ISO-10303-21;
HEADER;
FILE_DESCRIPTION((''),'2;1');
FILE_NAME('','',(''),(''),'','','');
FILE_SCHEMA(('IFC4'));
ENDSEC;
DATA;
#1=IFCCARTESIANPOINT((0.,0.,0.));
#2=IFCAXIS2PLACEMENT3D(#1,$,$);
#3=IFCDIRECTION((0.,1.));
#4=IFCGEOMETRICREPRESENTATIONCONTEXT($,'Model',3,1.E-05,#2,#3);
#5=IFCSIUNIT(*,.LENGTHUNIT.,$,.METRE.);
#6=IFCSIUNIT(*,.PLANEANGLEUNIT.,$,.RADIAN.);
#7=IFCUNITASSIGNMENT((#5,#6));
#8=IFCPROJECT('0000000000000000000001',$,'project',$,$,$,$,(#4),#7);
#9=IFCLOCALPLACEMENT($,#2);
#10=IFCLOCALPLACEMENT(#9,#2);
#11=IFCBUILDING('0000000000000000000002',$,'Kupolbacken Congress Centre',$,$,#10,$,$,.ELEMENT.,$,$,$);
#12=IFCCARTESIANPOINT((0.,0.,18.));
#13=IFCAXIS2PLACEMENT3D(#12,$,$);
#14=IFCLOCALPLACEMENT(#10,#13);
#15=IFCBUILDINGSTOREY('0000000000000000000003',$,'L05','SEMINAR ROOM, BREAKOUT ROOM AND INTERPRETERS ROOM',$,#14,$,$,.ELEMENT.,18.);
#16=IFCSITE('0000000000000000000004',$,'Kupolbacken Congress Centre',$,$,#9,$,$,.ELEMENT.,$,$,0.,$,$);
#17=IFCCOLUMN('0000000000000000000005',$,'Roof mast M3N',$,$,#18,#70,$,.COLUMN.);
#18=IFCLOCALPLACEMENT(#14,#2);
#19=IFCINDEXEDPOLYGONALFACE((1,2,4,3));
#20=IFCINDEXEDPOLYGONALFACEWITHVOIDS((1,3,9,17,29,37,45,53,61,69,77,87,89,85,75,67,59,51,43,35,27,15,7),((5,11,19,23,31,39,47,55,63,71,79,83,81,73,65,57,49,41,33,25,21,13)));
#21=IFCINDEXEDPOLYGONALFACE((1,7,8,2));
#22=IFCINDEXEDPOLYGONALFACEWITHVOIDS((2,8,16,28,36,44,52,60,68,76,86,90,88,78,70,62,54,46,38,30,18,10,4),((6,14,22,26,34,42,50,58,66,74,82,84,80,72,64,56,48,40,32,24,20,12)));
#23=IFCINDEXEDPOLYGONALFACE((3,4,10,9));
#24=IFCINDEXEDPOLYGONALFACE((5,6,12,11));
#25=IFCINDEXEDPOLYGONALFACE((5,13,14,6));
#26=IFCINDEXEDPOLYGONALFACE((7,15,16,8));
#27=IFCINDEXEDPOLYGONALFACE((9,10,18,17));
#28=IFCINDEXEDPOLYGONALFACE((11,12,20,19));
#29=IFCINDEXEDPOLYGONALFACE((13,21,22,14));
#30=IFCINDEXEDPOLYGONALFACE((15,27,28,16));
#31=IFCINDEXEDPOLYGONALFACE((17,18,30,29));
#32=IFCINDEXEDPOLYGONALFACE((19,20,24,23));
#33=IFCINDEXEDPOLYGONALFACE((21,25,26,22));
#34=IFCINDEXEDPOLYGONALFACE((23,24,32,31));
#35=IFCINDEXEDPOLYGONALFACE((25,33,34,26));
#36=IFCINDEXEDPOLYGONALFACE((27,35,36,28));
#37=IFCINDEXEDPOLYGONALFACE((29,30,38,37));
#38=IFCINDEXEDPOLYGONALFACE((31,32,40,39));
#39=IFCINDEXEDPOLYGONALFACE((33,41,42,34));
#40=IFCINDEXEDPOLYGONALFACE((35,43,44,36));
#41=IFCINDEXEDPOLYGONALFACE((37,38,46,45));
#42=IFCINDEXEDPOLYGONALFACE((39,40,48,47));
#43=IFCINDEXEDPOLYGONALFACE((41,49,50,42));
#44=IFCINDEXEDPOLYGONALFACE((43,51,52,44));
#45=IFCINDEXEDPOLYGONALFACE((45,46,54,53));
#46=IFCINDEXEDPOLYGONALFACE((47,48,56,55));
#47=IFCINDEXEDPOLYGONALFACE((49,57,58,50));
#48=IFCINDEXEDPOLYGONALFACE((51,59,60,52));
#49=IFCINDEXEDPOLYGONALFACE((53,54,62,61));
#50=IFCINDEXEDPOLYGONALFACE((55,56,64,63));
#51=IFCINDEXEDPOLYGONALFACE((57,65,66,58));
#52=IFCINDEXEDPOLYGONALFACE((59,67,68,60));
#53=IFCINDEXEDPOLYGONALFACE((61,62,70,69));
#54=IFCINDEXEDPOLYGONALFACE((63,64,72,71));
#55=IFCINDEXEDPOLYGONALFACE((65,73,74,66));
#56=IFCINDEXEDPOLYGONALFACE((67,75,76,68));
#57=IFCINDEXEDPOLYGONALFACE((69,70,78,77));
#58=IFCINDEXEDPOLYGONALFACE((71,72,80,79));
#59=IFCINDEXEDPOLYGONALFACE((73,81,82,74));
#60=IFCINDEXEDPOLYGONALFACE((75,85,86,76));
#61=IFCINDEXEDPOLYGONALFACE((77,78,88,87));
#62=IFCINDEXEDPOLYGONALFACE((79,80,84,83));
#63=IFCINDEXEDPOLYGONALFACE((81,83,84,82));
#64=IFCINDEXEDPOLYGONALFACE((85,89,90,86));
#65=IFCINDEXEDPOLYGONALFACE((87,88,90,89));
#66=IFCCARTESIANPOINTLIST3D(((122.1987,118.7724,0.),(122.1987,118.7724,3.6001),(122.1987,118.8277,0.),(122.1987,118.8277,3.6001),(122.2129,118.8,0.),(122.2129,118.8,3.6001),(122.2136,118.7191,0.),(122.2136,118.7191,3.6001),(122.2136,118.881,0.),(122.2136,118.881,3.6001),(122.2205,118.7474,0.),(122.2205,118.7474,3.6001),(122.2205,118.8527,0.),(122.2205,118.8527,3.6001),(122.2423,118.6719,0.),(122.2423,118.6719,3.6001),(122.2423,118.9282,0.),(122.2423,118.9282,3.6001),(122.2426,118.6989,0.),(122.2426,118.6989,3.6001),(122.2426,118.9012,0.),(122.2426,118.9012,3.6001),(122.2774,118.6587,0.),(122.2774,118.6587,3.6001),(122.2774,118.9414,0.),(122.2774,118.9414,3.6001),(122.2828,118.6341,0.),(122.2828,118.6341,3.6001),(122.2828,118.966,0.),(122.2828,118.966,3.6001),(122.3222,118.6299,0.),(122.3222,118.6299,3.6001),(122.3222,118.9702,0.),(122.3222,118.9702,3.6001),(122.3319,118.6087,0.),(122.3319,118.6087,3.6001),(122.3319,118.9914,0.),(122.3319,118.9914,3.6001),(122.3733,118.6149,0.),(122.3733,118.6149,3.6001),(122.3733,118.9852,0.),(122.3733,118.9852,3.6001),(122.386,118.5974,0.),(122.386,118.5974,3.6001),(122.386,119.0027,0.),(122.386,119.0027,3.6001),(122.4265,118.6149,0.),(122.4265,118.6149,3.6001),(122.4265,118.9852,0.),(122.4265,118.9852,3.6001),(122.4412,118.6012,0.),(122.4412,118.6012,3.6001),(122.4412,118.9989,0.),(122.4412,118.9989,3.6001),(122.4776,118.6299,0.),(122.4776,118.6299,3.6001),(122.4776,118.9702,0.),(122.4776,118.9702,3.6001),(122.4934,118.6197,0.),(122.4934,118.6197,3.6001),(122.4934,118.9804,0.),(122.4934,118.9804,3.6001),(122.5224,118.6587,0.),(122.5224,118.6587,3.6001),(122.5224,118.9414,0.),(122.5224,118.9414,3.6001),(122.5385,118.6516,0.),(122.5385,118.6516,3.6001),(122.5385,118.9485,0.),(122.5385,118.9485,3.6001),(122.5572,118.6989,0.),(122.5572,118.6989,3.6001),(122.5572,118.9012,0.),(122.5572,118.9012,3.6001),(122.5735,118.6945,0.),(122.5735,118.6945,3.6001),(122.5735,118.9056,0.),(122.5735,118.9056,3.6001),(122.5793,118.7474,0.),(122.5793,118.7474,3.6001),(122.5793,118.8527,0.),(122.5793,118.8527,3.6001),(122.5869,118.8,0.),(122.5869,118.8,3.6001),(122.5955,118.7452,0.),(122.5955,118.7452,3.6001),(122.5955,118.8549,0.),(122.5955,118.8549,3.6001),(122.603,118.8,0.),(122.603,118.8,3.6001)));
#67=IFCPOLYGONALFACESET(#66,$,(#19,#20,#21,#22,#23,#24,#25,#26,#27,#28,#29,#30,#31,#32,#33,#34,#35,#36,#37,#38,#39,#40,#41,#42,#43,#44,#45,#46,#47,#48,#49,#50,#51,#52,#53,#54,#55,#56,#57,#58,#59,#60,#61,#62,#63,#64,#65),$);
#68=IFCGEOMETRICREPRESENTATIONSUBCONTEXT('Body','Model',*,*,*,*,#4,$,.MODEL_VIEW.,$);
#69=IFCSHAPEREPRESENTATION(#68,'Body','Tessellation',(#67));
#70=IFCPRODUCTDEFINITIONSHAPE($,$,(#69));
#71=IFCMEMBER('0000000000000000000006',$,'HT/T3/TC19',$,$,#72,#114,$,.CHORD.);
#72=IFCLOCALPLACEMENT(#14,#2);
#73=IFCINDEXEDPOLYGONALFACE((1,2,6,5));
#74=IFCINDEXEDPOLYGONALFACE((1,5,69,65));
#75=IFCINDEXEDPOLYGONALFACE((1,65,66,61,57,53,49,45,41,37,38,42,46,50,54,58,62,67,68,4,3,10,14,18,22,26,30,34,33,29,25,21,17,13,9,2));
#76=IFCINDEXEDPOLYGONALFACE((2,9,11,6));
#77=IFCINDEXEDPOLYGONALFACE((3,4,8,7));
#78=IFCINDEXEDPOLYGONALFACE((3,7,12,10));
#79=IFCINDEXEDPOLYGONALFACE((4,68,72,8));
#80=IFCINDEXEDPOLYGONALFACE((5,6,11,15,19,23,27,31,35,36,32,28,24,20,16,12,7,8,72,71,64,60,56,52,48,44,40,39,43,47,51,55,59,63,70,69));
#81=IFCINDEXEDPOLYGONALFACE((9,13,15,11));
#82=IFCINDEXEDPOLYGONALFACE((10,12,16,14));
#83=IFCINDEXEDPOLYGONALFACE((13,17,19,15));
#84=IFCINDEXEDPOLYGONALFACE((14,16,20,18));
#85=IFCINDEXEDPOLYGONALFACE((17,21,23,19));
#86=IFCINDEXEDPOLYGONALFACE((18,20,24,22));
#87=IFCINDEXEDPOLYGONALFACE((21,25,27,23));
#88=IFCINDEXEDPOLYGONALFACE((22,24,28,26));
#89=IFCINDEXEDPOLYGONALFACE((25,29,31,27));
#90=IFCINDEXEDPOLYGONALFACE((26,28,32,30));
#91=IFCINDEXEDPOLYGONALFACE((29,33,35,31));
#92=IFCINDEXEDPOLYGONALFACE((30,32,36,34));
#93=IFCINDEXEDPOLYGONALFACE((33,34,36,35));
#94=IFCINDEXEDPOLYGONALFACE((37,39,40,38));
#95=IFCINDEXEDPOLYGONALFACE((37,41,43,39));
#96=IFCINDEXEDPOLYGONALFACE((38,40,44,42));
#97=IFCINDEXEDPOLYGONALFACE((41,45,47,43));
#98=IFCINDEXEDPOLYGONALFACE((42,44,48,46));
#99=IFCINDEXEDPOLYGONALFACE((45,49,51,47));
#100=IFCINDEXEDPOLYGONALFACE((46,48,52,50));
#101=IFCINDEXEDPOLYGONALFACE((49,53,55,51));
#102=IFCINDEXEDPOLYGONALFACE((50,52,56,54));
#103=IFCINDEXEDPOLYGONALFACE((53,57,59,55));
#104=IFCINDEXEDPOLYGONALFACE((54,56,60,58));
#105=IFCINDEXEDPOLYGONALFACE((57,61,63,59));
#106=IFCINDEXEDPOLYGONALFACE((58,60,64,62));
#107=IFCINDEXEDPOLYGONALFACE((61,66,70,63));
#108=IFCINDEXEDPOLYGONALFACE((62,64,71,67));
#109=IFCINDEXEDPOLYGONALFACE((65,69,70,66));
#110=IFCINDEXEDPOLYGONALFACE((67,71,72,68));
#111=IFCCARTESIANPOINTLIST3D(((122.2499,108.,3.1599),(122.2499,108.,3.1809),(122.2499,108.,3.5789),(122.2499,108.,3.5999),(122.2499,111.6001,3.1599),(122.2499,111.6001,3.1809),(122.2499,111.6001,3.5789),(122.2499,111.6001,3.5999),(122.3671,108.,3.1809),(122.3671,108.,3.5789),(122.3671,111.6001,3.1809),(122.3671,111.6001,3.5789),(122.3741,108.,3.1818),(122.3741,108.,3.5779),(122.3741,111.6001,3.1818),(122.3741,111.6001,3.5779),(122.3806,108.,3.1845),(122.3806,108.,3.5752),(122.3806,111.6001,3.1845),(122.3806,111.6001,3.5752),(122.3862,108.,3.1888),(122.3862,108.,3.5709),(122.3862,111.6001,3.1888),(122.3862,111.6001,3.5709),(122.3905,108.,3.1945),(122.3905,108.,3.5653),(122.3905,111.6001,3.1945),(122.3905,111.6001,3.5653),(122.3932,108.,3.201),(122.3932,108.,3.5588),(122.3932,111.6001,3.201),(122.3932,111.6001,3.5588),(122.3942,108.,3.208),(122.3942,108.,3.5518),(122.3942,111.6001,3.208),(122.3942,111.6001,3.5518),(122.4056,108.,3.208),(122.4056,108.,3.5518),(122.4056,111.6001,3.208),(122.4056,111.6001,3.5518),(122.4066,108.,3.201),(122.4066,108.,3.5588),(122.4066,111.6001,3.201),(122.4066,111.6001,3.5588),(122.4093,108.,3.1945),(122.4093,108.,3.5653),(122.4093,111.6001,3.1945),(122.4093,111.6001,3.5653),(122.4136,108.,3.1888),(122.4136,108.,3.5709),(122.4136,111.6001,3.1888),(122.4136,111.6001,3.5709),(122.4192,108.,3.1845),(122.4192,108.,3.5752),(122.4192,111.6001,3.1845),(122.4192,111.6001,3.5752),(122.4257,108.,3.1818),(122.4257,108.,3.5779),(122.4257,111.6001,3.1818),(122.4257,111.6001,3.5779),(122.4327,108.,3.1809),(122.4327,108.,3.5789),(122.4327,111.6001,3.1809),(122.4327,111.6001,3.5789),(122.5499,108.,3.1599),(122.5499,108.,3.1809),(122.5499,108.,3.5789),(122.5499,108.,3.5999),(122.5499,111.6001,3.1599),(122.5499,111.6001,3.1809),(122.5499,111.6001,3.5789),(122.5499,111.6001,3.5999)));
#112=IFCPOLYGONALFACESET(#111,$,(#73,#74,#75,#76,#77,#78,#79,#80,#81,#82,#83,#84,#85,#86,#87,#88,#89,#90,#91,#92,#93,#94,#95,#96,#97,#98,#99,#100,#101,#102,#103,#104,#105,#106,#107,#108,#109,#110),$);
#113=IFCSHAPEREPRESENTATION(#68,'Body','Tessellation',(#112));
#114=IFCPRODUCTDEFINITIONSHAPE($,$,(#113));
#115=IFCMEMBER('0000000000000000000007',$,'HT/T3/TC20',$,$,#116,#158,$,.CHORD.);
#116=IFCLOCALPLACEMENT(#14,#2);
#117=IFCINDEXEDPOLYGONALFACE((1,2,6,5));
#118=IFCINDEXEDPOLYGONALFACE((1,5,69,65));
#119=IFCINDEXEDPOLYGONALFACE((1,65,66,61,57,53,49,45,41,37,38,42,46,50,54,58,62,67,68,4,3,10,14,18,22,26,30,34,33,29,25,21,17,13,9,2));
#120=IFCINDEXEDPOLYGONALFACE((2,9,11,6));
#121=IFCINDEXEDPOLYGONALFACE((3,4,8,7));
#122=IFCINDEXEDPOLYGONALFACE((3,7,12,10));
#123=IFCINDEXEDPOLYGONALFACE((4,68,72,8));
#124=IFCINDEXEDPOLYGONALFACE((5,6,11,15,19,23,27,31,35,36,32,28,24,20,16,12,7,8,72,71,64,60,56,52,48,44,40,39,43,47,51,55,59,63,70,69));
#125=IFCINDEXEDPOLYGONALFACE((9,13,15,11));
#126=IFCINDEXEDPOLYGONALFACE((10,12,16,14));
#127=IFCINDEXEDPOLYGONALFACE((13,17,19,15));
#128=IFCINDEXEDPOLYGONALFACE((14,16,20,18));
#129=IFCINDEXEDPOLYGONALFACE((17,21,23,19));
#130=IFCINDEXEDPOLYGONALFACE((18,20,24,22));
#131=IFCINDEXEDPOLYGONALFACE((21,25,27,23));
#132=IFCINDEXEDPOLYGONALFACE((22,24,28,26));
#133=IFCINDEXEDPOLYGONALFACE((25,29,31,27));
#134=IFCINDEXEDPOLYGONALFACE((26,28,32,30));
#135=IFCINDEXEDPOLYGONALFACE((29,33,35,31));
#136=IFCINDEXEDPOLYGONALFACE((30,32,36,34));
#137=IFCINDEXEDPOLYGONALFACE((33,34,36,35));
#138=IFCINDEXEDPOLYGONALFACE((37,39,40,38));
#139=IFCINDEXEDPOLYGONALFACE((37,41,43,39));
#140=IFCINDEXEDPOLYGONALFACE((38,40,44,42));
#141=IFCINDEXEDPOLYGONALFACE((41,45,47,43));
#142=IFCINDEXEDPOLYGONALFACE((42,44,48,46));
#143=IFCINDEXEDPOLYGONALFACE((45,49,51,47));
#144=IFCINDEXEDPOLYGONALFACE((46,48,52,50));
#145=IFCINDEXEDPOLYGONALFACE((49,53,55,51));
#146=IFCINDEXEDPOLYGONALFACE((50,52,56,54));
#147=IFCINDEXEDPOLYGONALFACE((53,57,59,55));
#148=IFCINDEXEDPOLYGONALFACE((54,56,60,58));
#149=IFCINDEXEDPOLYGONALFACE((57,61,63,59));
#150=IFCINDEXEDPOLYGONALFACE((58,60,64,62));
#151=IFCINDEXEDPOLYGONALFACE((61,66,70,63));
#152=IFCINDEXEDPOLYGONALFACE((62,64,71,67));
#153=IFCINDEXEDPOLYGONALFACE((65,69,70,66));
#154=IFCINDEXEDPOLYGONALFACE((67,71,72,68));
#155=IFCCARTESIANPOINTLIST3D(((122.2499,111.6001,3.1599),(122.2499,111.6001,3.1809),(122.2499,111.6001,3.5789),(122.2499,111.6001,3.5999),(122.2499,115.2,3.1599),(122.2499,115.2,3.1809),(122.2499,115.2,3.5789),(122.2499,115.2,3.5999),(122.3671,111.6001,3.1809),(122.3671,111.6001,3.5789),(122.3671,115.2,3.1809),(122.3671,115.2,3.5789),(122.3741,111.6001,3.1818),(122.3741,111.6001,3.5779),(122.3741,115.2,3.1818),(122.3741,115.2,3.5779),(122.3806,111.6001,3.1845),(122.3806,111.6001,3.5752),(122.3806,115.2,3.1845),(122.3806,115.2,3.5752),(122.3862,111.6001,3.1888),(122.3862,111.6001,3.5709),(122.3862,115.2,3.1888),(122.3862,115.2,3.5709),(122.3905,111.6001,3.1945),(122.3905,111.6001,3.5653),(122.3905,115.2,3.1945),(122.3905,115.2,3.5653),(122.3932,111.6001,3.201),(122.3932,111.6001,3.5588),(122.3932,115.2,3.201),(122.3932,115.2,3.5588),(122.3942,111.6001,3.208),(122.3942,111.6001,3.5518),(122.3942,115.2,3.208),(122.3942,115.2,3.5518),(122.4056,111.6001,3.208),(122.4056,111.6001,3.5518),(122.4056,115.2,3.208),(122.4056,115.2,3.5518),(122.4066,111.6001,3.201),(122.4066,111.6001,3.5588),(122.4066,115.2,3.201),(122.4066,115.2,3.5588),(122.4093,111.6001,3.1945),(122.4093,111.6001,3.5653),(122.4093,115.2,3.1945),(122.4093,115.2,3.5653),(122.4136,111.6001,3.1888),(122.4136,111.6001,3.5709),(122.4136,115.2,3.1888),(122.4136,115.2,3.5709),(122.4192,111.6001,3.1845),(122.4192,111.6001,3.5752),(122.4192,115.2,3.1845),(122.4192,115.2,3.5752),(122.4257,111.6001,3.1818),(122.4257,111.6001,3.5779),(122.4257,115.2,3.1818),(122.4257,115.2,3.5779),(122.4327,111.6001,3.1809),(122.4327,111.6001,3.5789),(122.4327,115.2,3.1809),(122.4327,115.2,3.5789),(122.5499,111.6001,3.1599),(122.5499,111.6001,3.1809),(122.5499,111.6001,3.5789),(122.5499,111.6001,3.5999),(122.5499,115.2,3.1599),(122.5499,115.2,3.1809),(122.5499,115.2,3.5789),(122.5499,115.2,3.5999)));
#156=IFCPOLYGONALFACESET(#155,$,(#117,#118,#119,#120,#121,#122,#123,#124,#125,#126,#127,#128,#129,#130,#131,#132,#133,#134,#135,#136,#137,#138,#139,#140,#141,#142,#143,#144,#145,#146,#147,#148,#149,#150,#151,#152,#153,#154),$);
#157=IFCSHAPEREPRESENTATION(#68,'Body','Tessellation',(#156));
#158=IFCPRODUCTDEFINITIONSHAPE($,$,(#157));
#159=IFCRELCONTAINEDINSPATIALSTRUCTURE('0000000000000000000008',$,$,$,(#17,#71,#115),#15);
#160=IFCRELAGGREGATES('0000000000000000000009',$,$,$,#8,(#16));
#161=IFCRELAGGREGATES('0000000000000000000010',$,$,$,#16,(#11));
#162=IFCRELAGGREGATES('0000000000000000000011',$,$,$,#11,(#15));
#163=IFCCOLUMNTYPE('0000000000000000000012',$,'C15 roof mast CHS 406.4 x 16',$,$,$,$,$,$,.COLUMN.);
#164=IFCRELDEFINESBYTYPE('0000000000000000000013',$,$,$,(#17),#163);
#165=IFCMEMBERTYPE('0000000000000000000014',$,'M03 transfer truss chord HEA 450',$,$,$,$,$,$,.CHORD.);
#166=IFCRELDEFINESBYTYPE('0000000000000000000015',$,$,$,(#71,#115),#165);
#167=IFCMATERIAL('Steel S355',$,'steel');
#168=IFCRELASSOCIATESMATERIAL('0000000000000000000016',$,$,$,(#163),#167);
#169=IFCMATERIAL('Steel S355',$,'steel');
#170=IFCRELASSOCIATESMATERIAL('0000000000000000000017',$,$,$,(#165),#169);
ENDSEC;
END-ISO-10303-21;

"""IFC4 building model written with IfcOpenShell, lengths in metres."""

from ifc_helpers import new_model, si_unit, direction, frame, origin, origin_2d, place, context, subcontext, project, spatial, hollow_circle, i_section, extrude, material, material_profile, profile_set, type_object, element, save


model = new_model("IFC4")

# Units and contexts
model_context = context("Model", 3, precision=1e-05, world=origin(), true_north=direction((0.0, 1.0)))
body_context = subcontext(model_context, "Body", "Model", "MODEL_VIEW")
ifc_project = project(units=[si_unit("LENGTHUNIT", "METRE"), si_unit("PLANEANGLEUNIT", "RADIAN")], contexts=[model_context])

# Site, building, storey
site_placement = place(None, origin())
site = spatial("IfcSite", under=ifc_project, at=site_placement, Name="Kupolbacken Congress Centre", CompositionType="ELEMENT", RefElevation=0.0)
building_placement = place(site_placement, origin())
building = spatial("IfcBuilding", under=site, at=building_placement, Name="Kupolbacken Congress Centre", CompositionType="ELEMENT")
storey_placement = place(building_placement, frame((0.0, 0.0, 18.0)))
storey = spatial("IfcBuildingStorey", under=building, at=storey_placement, Name="L05", Description="SEMINAR ROOM, BREAKOUT ROOM AND INTERPRETERS ROOM", CompositionType="ELEMENT", Elevation=18.0)

# Column
ifc_material_1 = material(Name="Steel S355", Category="steel")
ifc_material_profile_1 = material_profile(ifc_material_1, hollow_circle(Radius=0.2031, WallThickness=0.0161, at=origin_2d()), Name="CHS 406.4 x 16")
ifc_profile_set_1 = profile_set([ifc_material_profile_1], Name="Steel S355")
column_type = type_object("IfcColumnType", Name="C15 roof mast CHS 406.4 x 16", PredefinedType="COLUMN", material=ifc_profile_set_1)
column_placement = place(storey_placement, frame((122.3999, 118.8, 0.0), z_axis=(0.0, 0.0, 1.0), x_axis=(1.0, 0.0, 0.0)))
element("IfcColumn", 1, at=column_placement, inside=storey, type_object=column_type, Name="Roof mast M3N", PredefinedType="COLUMN", context=body_context, shape_type="SweptSolid", body=[
    extrude(hollow_circle(Radius=0.2031, WallThickness=0.0161, at=origin_2d()), origin(), (0.0, 0.0, 1.0), 3.6001),
])

# Members
ifc_material_2 = material(Name="Steel S355", Category="steel")
ifc_material_profile_2 = material_profile(ifc_material_2, i_section(OverallWidth=0.3, OverallDepth=0.4399, WebThickness=0.0115, FlangeThickness=0.021, FilletRadius=0.0271, at=origin_2d()), Name="HEA 450")
ifc_profile_set_2 = profile_set([ifc_material_profile_2], Name="Steel S355")
member_type_1 = type_object("IfcMemberType", Name="M03 transfer truss chord HEA 450", PredefinedType="CHORD", material=ifc_profile_set_2)
member_1_placement = place(storey_placement, frame((122.3999, 108.0, 3.3799), z_axis=(0.0, 1.0, 0.0), x_axis=(-1.0, 0.0, 0.0)))
element("IfcMember", 2, at=member_1_placement, inside=storey, type_object=member_type_1, Name="HT/T3/TC19", PredefinedType="CHORD", context=body_context, shape_type="SweptSolid", body=[
    extrude(i_section(OverallWidth=0.3, OverallDepth=0.4399, WebThickness=0.0115, FlangeThickness=0.021, FilletRadius=0.0271, at=origin_2d()), origin(), (0.0, 0.0, 1.0), 3.6001),
])
member_2_placement = place(storey_placement, frame((122.3999, 111.6001, 3.3799), z_axis=(0.0, 1.0, 0.0), x_axis=(-1.0, 0.0, 0.0)))
element("IfcMember", 3, at=member_2_placement, inside=storey, type_object=member_type_1, Name="HT/T3/TC20", PredefinedType="CHORD", context=body_context, shape_type="SweptSolid", body=[
    extrude(i_section(OverallWidth=0.3, OverallDepth=0.4399, WebThickness=0.0115, FlangeThickness=0.021, FilletRadius=0.0271, at=origin_2d()), origin(), (0.0, 0.0, 1.0), 3.5999),
])

save(model, "model.ifc")
